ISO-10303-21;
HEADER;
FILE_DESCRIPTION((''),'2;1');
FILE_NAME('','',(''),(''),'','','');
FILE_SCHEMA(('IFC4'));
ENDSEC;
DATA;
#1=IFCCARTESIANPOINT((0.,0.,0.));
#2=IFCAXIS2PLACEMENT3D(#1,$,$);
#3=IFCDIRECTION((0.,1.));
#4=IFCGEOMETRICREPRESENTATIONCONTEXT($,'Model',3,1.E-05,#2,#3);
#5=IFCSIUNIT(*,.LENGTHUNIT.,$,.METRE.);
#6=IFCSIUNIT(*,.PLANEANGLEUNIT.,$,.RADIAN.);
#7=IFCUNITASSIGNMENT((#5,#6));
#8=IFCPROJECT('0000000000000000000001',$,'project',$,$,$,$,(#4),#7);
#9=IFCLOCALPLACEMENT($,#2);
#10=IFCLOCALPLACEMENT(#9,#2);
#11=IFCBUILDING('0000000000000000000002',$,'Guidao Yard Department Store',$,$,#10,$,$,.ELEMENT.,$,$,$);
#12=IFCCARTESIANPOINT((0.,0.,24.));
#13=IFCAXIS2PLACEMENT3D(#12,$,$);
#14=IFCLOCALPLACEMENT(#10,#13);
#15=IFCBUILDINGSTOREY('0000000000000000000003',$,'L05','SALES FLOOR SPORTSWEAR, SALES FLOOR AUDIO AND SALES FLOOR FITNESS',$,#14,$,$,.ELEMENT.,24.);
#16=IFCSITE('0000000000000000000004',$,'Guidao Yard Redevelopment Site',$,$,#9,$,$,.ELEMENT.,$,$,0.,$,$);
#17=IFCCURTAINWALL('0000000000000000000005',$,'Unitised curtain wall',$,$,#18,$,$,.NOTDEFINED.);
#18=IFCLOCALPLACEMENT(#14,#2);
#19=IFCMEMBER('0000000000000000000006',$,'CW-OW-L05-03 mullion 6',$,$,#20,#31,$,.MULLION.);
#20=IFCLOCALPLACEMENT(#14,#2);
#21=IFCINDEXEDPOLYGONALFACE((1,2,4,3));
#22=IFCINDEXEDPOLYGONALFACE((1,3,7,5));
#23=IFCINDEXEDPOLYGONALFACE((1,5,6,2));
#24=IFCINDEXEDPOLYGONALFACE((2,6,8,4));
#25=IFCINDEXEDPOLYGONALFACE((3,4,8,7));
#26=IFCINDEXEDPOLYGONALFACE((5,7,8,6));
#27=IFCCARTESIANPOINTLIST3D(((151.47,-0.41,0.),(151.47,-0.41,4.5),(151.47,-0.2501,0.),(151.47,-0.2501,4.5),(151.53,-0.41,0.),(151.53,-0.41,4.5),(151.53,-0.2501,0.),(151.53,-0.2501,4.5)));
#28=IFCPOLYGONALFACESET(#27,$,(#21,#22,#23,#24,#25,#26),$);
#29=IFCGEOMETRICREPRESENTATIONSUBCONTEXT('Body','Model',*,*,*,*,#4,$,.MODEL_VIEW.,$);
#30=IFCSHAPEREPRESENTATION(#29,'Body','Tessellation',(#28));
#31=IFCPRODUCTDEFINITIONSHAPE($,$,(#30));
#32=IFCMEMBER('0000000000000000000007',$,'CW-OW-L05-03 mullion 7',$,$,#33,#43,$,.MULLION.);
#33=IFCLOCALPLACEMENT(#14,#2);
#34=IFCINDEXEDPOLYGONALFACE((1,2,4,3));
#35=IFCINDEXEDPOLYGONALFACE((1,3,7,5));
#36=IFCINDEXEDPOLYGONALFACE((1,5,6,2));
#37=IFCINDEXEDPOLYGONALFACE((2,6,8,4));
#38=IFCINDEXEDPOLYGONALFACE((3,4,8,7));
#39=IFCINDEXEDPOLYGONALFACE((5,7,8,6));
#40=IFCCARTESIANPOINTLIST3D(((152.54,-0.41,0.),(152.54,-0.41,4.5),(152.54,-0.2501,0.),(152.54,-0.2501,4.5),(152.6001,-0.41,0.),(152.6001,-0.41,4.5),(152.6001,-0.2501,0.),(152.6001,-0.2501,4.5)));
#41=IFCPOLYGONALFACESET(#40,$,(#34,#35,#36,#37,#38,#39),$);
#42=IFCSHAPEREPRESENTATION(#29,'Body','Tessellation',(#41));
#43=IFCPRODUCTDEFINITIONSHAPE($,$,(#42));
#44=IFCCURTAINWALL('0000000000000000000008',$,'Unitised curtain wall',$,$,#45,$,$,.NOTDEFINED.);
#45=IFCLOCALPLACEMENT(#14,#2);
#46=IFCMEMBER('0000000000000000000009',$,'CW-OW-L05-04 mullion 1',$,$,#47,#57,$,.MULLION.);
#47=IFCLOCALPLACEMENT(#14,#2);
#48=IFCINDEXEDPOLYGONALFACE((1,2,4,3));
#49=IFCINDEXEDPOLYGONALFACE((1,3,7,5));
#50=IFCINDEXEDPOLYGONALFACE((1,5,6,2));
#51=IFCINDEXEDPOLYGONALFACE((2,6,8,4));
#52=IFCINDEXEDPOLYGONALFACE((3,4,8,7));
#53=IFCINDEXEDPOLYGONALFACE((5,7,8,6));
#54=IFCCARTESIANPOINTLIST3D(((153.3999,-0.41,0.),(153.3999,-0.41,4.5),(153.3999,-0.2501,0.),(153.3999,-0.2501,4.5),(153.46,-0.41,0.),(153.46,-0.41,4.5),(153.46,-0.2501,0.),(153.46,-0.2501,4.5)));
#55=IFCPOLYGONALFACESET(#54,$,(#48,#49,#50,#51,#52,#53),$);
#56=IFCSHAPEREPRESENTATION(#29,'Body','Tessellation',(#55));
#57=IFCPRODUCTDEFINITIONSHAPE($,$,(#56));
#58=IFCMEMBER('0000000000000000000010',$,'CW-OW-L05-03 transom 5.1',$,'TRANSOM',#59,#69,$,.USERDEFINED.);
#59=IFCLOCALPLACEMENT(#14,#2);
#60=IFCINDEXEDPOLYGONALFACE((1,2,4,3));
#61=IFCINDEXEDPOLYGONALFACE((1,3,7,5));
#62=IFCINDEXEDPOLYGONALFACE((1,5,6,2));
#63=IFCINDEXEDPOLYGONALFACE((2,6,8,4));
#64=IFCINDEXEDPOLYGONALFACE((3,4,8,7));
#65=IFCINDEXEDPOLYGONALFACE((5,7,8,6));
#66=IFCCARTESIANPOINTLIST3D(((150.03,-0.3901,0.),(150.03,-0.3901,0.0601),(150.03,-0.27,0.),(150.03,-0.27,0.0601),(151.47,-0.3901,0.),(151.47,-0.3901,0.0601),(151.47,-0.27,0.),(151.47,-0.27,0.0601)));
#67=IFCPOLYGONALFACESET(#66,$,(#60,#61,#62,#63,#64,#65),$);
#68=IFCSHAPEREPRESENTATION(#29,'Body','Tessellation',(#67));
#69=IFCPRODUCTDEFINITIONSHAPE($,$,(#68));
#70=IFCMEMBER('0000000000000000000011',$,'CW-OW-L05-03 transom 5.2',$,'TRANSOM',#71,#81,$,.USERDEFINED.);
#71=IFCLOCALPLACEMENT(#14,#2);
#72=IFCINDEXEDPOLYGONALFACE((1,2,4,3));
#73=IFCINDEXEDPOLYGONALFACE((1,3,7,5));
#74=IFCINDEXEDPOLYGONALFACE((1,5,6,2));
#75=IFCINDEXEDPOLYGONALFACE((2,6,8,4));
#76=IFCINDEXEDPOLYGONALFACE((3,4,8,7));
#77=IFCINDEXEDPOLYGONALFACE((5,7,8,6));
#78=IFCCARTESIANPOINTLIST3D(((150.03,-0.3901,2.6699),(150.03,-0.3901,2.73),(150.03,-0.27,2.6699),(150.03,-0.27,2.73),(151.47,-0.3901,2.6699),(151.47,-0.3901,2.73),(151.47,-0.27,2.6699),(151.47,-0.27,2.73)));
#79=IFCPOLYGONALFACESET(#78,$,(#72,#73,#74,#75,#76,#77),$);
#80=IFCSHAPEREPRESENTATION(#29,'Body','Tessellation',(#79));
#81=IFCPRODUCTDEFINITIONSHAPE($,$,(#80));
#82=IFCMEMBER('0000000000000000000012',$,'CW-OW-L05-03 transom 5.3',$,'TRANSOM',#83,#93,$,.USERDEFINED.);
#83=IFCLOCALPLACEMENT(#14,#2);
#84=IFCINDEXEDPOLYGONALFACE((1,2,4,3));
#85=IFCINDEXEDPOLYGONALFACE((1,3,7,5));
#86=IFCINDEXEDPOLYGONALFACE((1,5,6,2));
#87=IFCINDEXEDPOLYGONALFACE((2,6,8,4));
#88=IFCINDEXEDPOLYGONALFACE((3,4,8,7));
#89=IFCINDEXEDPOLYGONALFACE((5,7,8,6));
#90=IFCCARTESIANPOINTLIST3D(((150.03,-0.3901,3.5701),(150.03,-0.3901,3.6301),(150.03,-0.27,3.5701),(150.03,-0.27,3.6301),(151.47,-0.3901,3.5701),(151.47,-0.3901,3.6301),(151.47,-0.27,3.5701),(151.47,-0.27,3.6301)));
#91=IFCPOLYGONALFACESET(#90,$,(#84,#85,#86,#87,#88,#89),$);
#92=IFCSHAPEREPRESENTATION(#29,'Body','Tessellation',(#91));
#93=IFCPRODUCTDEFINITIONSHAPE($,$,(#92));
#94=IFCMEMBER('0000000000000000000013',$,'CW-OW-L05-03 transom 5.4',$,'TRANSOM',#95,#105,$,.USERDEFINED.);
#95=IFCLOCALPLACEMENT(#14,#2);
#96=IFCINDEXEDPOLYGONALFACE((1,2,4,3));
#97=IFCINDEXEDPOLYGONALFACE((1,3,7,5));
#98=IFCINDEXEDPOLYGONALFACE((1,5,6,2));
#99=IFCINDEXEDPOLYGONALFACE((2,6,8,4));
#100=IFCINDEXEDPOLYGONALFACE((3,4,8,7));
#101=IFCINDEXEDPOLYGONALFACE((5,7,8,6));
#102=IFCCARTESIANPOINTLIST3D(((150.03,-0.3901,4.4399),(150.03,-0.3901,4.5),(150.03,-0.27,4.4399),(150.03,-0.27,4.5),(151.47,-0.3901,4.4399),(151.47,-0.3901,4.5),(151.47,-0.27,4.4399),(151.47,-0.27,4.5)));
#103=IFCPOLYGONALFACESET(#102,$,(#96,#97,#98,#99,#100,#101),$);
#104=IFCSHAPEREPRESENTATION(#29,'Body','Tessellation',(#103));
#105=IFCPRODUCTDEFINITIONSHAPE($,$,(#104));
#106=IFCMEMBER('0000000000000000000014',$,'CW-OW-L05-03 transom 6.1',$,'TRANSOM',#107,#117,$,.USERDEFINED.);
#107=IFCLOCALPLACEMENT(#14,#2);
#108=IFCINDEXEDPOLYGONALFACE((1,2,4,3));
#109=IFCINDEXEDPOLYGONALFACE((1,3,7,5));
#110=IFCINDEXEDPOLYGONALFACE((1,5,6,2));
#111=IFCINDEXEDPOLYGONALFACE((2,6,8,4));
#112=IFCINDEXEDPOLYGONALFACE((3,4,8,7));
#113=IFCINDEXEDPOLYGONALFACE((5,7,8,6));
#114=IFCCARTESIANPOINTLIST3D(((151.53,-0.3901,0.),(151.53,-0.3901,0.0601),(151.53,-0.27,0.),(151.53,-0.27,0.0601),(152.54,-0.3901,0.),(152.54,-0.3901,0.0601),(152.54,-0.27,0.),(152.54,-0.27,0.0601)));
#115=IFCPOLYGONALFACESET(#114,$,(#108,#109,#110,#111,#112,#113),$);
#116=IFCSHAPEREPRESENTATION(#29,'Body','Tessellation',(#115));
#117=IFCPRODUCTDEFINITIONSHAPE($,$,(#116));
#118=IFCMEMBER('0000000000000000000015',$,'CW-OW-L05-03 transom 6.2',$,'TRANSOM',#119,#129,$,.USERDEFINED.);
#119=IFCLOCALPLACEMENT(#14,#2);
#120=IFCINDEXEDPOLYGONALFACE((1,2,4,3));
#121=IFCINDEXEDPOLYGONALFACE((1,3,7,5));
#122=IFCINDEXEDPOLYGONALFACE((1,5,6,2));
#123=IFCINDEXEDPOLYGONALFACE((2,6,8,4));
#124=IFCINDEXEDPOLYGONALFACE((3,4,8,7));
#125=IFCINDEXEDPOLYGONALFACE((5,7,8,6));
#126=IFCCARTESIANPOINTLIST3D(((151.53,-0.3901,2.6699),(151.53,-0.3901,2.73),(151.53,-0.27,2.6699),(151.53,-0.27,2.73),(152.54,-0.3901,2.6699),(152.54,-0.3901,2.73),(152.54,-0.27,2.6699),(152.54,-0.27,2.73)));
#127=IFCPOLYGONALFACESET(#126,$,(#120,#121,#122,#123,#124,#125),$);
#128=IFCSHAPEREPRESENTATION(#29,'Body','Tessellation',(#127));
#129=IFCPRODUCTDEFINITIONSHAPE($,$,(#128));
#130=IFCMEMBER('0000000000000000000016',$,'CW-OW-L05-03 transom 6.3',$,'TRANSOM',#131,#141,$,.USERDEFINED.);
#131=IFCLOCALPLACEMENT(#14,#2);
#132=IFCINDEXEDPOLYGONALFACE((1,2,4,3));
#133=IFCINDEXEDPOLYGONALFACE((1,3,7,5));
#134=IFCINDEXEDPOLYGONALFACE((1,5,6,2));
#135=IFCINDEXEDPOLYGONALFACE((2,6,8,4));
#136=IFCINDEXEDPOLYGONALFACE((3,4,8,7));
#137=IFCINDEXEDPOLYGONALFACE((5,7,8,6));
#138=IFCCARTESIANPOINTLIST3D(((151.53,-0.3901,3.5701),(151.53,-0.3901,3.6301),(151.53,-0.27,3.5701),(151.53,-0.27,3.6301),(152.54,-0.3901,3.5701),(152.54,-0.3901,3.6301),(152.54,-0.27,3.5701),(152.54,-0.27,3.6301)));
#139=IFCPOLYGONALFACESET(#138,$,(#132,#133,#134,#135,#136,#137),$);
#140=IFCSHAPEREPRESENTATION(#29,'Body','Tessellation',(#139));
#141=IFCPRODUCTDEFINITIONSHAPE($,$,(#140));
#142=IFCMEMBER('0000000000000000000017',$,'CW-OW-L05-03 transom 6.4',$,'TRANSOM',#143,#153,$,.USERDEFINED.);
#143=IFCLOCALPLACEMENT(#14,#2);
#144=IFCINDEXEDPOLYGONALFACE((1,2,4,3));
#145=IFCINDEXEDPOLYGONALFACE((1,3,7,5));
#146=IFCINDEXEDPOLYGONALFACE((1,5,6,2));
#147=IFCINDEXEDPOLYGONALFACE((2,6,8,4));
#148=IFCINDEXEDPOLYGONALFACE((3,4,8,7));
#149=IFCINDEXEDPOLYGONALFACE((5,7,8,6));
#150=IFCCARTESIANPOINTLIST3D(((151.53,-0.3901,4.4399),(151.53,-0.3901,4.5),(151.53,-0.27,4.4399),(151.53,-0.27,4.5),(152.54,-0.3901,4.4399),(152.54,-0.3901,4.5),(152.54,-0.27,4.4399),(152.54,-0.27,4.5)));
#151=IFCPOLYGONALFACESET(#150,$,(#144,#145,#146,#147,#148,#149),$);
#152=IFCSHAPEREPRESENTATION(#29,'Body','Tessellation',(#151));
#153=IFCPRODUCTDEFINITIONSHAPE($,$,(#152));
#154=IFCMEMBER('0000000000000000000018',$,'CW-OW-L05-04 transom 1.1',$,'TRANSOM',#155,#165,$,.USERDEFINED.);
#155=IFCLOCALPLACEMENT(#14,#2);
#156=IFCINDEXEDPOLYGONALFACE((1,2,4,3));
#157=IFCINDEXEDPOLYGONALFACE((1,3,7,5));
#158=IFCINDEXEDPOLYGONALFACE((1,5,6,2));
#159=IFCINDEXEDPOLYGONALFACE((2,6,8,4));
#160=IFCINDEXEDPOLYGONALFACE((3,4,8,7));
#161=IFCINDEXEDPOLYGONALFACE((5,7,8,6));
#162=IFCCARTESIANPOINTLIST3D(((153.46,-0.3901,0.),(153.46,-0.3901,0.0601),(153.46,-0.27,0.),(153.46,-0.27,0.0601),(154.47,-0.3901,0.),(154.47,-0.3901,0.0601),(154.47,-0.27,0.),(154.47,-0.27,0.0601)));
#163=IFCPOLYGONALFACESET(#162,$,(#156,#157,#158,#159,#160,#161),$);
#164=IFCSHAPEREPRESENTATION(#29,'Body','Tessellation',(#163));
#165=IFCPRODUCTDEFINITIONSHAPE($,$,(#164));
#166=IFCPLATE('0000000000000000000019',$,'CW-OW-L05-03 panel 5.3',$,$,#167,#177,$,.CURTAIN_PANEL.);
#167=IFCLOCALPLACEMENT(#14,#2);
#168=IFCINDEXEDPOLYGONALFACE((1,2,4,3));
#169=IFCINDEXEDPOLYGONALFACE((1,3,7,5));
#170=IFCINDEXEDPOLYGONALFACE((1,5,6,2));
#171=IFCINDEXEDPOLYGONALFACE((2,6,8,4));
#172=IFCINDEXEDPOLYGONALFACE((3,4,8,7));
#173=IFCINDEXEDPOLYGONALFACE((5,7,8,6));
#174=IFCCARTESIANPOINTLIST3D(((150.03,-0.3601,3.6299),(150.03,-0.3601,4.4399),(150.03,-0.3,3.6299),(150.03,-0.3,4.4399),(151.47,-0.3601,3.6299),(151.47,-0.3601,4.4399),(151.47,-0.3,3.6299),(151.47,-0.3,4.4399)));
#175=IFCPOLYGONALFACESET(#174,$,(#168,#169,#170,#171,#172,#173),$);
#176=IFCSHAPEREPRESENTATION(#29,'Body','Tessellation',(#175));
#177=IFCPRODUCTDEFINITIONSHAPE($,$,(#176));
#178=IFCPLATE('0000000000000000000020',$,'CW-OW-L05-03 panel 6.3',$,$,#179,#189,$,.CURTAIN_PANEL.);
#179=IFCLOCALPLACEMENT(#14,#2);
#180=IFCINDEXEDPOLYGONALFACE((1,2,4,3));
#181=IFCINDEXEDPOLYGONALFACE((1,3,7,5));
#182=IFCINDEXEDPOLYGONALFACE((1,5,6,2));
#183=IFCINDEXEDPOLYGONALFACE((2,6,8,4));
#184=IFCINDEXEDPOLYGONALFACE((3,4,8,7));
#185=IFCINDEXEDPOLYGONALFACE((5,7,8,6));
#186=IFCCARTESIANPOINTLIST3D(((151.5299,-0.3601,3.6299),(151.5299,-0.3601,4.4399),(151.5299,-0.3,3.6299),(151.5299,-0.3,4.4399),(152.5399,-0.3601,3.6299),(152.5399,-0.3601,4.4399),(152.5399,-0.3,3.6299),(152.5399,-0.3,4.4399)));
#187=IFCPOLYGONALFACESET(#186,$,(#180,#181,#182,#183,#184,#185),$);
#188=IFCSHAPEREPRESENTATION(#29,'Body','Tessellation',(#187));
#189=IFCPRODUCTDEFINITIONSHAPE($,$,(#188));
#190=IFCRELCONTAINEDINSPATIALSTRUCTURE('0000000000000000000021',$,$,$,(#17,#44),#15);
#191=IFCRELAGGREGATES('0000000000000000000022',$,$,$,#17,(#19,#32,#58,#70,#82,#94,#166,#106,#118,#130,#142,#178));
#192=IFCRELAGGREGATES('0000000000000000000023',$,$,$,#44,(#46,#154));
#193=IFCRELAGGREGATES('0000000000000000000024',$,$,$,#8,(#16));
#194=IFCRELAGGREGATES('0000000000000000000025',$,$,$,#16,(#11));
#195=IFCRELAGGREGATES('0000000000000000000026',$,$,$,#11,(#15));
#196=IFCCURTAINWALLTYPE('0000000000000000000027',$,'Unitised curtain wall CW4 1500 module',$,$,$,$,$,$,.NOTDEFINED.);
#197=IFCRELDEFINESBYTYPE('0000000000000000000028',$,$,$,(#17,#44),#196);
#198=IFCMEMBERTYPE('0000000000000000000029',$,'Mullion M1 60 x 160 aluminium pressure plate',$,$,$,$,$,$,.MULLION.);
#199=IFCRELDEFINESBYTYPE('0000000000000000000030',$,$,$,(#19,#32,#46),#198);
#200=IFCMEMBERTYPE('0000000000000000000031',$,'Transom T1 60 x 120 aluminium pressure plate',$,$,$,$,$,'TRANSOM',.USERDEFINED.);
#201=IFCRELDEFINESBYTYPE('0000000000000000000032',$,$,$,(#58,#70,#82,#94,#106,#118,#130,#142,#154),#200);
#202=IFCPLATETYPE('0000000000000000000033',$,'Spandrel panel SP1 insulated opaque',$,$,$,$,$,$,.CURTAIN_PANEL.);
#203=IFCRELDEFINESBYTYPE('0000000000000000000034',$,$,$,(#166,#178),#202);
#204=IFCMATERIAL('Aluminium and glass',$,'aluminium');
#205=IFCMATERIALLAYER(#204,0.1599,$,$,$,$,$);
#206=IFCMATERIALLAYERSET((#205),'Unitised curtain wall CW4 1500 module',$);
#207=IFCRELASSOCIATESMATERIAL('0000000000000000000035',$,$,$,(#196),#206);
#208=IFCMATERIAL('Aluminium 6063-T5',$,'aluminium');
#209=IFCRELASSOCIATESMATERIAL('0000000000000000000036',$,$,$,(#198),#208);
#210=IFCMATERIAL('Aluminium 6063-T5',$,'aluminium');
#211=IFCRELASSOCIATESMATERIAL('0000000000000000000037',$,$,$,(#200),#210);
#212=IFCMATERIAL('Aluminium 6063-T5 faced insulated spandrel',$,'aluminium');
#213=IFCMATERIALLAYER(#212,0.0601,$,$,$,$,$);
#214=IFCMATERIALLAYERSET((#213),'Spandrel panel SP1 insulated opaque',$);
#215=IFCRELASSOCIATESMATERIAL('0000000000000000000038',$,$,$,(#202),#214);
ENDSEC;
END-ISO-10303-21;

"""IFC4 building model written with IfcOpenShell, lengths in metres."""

from ifc_helpers import new_model, si_unit, direction, frame, origin, origin_2d, place, context, subcontext, project, spatial, rectangle, extrude, material, layer, layer_set, material_profile, profile_set, type_object, element, aggregate, save


model = new_model("IFC4")

# Units and contexts
model_context = context("Model", 3, precision=1e-05, world=origin(), true_north=direction((0.0, 1.0)))
body_context = subcontext(model_context, "Body", "Model", "MODEL_VIEW")
ifc_project = project(units=[si_unit("LENGTHUNIT", "METRE"), si_unit("PLANEANGLEUNIT", "RADIAN")], contexts=[model_context])

# Site, building, storey
site_placement = place(None, origin())
site = spatial("IfcSite", under=ifc_project, at=site_placement, Name="Guidao Yard Redevelopment Site", CompositionType="ELEMENT", RefElevation=0.0)
building_placement = place(site_placement, origin())
building = spatial("IfcBuilding", under=site, at=building_placement, Name="Guidao Yard Department Store", CompositionType="ELEMENT")
storey_placement = place(building_placement, frame((0.0, 0.0, 24.0)))
storey = spatial("IfcBuildingStorey", under=building, at=storey_placement, Name="L05", Description="SALES FLOOR SPORTSWEAR, SALES FLOOR AUDIO AND SALES FLOOR FITNESS", CompositionType="ELEMENT", Elevation=24.0)

# Curtain wall, members
ifc_material_1 = material(Name="Aluminium and glass", Category="aluminium")
ifc_layer_1 = layer(ifc_material_1, 0.1599)
ifc_layer_set_1 = layer_set([ifc_layer_1], Name="Unitised curtain wall CW4 1500 module")
curtain_wall_type = type_object("IfcCurtainWallType", Name="Unitised curtain wall CW4 1500 module", PredefinedType="NOTDEFINED", material=ifc_layer_set_1)
curtain_wall_1_placement = place(storey_placement, origin())
curtain_wall_1 = element("IfcCurtainWall", 1, at=curtain_wall_1_placement, inside=storey, type_object=curtain_wall_type, Name="Unitised curtain wall", PredefinedType="NOTDEFINED")
ifc_material_2 = material(Name="Aluminium 6063-T5", Category="aluminium")
ifc_material_profile_1 = material_profile(ifc_material_2, rectangle(XDim=0.0601, YDim=0.1599, at=origin_2d()), Name="Mullion M1 60 x 160 aluminium pressure plate")
ifc_profile_set_1 = profile_set([ifc_material_profile_1], Name="Aluminium 6063-T5")
member_type_1 = type_object("IfcMemberType", Name="Mullion M1 60 x 160 aluminium pressure plate", PredefinedType="MULLION", material=ifc_profile_set_1)
member_1_placement = place(storey_placement, frame((151.5, -0.3301, 0.0), z_axis=(0.0, 0.0, 1.0), x_axis=(-1.0, 0.0, 0.0)))
member_1 = element("IfcMember", 2, at=member_1_placement, type_object=member_type_1, Name="CW-OW-L05-03 mullion 6", PredefinedType="MULLION", context=body_context, shape_type="SweptSolid", body=[
    extrude(rectangle(XDim=0.0601, YDim=0.1599, at=origin_2d()), origin(), (0.0, 0.0, 1.0), 4.5),
])
member_2_placement = place(storey_placement, frame((152.5701, -0.3301, 0.0), z_axis=(0.0, 0.0, 1.0), x_axis=(-1.0, 0.0, 0.0)))
member_2 = element("IfcMember", 3, at=member_2_placement, type_object=member_type_1, Name="CW-OW-L05-03 mullion 7", PredefinedType="MULLION", context=body_context, shape_type="SweptSolid", body=[
    extrude(rectangle(XDim=0.0601, YDim=0.1599, at=origin_2d()), origin(), (0.0, 0.0, 1.0), 4.5),
])

# Curtain wall, member
curtain_wall_2_placement = place(storey_placement, origin())
curtain_wall_2 = element("IfcCurtainWall", 4, at=curtain_wall_2_placement, inside=storey, type_object=curtain_wall_type, Name="Unitised curtain wall", PredefinedType="NOTDEFINED")
member_3_placement = place(storey_placement, frame((153.4299, -0.3301, 0.0), z_axis=(0.0, 0.0, 1.0), x_axis=(-1.0, 0.0, 0.0)))
member_3 = element("IfcMember", 5, at=member_3_placement, type_object=member_type_1, Name="CW-OW-L05-04 mullion 1", PredefinedType="MULLION", context=body_context, shape_type="SweptSolid", body=[
    extrude(rectangle(XDim=0.0601, YDim=0.1599, at=origin_2d()), origin(), (0.0, 0.0, 1.0), 4.5),
])

# Members
ifc_material_3 = material(Name="Aluminium 6063-T5", Category="aluminium")
ifc_material_profile_2 = material_profile(ifc_material_3, rectangle(XDim=0.1201, YDim=0.0601, at=origin_2d()), Name="Transom T1 60 x 120 aluminium pressure plate")
ifc_profile_set_2 = profile_set([ifc_material_profile_2], Name="Aluminium 6063-T5")
member_type_2 = type_object("IfcMemberType", Name="Transom T1 60 x 120 aluminium pressure plate", ElementType="TRANSOM", PredefinedType="USERDEFINED", material=ifc_profile_set_2)
member_4_placement = place(storey_placement, frame((151.47, -0.3301, 0.03), z_axis=(-1.0, 0.0, 0.0), x_axis=(0.0, -1.0, 0.0)))
member_4 = element("IfcMember", 6, at=member_4_placement, type_object=member_type_2, Name="CW-OW-L05-03 transom 5.1", ObjectType="TRANSOM", PredefinedType="USERDEFINED", context=body_context, shape_type="SweptSolid", body=[
    extrude(rectangle(XDim=0.1201, YDim=0.0601, at=origin_2d()), origin(), (0.0, 0.0, 1.0), 1.4399),
])
member_5_placement = place(storey_placement, frame((151.47, -0.3301, 2.7), z_axis=(-1.0, 0.0, 0.0), x_axis=(0.0, -1.0, 0.0)))
member_5 = element("IfcMember", 7, at=member_5_placement, type_object=member_type_2, Name="CW-OW-L05-03 transom 5.2", ObjectType="TRANSOM", PredefinedType="USERDEFINED", context=body_context, shape_type="SweptSolid", body=[
    extrude(rectangle(XDim=0.1201, YDim=0.0601, at=origin_2d()), origin(), (0.0, 0.0, 1.0), 1.4399),
])
member_6_placement = place(storey_placement, frame((151.47, -0.3301, 3.6001), z_axis=(-1.0, 0.0, 0.0), x_axis=(0.0, -1.0, 0.0)))
member_6 = element("IfcMember", 8, at=member_6_placement, type_object=member_type_2, Name="CW-OW-L05-03 transom 5.3", ObjectType="TRANSOM", PredefinedType="USERDEFINED", context=body_context, shape_type="SweptSolid", body=[
    extrude(rectangle(XDim=0.1201, YDim=0.0601, at=origin_2d()), origin(), (0.0, 0.0, 1.0), 1.4399),
])
member_7_placement = place(storey_placement, frame((151.47, -0.3301, 4.47), z_axis=(-1.0, 0.0, 0.0), x_axis=(0.0, -1.0, 0.0)))
member_7 = element("IfcMember", 9, at=member_7_placement, type_object=member_type_2, Name="CW-OW-L05-03 transom 5.4", ObjectType="TRANSOM", PredefinedType="USERDEFINED", context=body_context, shape_type="SweptSolid", body=[
    extrude(rectangle(XDim=0.1201, YDim=0.0601, at=origin_2d()), origin(), (0.0, 0.0, 1.0), 1.4399),
])
member_8_placement = place(storey_placement, frame((152.54, -0.3301, 0.03), z_axis=(-1.0, 0.0, 0.0), x_axis=(0.0, -1.0, 0.0)))
member_8 = element("IfcMember", 10, at=member_8_placement, type_object=member_type_2, Name="CW-OW-L05-03 transom 6.1", ObjectType="TRANSOM", PredefinedType="USERDEFINED", context=body_context, shape_type="SweptSolid", body=[
    extrude(rectangle(XDim=0.1201, YDim=0.0601, at=origin_2d()), origin(), (0.0, 0.0, 1.0), 1.01),
])
member_9_placement = place(storey_placement, frame((152.54, -0.3301, 2.7), z_axis=(-1.0, 0.0, 0.0), x_axis=(0.0, -1.0, 0.0)))
member_9 = element("IfcMember", 11, at=member_9_placement, type_object=member_type_2, Name="CW-OW-L05-03 transom 6.2", ObjectType="TRANSOM", PredefinedType="USERDEFINED", context=body_context, shape_type="SweptSolid", body=[
    extrude(rectangle(XDim=0.1201, YDim=0.0601, at=origin_2d()), origin(), (0.0, 0.0, 1.0), 1.01),
])
member_10_placement = place(storey_placement, frame((152.54, -0.3301, 3.6001), z_axis=(-1.0, 0.0, 0.0), x_axis=(0.0, -1.0, 0.0)))
member_10 = element("IfcMember", 12, at=member_10_placement, type_object=member_type_2, Name="CW-OW-L05-03 transom 6.3", ObjectType="TRANSOM", PredefinedType="USERDEFINED", context=body_context, shape_type="SweptSolid", body=[
    extrude(rectangle(XDim=0.1201, YDim=0.0601, at=origin_2d()), origin(), (0.0, 0.0, 1.0), 1.01),
])
member_11_placement = place(storey_placement, frame((152.54, -0.3301, 4.47), z_axis=(-1.0, 0.0, 0.0), x_axis=(0.0, -1.0, 0.0)))
member_11 = element("IfcMember", 13, at=member_11_placement, type_object=member_type_2, Name="CW-OW-L05-03 transom 6.4", ObjectType="TRANSOM", PredefinedType="USERDEFINED", context=body_context, shape_type="SweptSolid", body=[
    extrude(rectangle(XDim=0.1201, YDim=0.0601, at=origin_2d()), origin(), (0.0, 0.0, 1.0), 1.01),
])
member_12_placement = place(storey_placement, frame((154.47, -0.3301, 0.03), z_axis=(-1.0, 0.0, 0.0), x_axis=(0.0, -1.0, 0.0)))
member_12 = element("IfcMember", 14, at=member_12_placement, type_object=member_type_2, Name="CW-OW-L05-04 transom 1.1", ObjectType="TRANSOM", PredefinedType="USERDEFINED", context=body_context, shape_type="SweptSolid", body=[
    extrude(rectangle(XDim=0.1201, YDim=0.0601, at=origin_2d()), origin(), (0.0, 0.0, 1.0), 1.01),
])

# Plates
ifc_material_4 = material(Name="Aluminium 6063-T5 faced insulated spandrel", Category="aluminium")
ifc_layer_2 = layer(ifc_material_4, 0.0601)
ifc_layer_set_2 = layer_set([ifc_layer_2], Name="Spandrel panel SP1 insulated opaque")
plate_type_1 = type_object("IfcPlateType", Name="Spandrel panel SP1 insulated opaque", PredefinedType="CURTAIN_PANEL", material=ifc_layer_set_2)
plate_1_placement = place(storey_placement, frame((150.75, -0.3301, 3.6299), z_axis=(0.0, 0.0, 1.0), x_axis=(-1.0, 0.0, 0.0)))
plate_1 = element("IfcPlate", 15, at=plate_1_placement, type_object=plate_type_1, Name="CW-OW-L05-03 panel 5.3", PredefinedType="CURTAIN_PANEL", context=body_context, shape_type="SweptSolid", body=[
    extrude(rectangle(XDim=1.4399, YDim=0.0601, at=origin_2d()), origin(), (0.0, 0.0, 1.0), 0.8101),
])
plate_2_placement = place(storey_placement, frame((152.0349, -0.3301, 3.6299), z_axis=(0.0, 0.0, 1.0), x_axis=(-1.0, 0.0, 0.0)))
plate_2 = element("IfcPlate", 16, at=plate_2_placement, type_object=plate_type_1, Name="CW-OW-L05-03 panel 6.3", PredefinedType="CURTAIN_PANEL", context=body_context, shape_type="SweptSolid", body=[
    extrude(rectangle(XDim=1.01, YDim=0.0601, at=origin_2d()), origin(), (0.0, 0.0, 1.0), 0.8101),
])
aggregate(curtain_wall_1, [member_1, member_2, member_4, member_5, member_6, member_7, plate_1, member_8, member_9, member_10, member_11, plate_2])
aggregate(curtain_wall_2, [member_3, member_12])

save(model, "model.ifc")
